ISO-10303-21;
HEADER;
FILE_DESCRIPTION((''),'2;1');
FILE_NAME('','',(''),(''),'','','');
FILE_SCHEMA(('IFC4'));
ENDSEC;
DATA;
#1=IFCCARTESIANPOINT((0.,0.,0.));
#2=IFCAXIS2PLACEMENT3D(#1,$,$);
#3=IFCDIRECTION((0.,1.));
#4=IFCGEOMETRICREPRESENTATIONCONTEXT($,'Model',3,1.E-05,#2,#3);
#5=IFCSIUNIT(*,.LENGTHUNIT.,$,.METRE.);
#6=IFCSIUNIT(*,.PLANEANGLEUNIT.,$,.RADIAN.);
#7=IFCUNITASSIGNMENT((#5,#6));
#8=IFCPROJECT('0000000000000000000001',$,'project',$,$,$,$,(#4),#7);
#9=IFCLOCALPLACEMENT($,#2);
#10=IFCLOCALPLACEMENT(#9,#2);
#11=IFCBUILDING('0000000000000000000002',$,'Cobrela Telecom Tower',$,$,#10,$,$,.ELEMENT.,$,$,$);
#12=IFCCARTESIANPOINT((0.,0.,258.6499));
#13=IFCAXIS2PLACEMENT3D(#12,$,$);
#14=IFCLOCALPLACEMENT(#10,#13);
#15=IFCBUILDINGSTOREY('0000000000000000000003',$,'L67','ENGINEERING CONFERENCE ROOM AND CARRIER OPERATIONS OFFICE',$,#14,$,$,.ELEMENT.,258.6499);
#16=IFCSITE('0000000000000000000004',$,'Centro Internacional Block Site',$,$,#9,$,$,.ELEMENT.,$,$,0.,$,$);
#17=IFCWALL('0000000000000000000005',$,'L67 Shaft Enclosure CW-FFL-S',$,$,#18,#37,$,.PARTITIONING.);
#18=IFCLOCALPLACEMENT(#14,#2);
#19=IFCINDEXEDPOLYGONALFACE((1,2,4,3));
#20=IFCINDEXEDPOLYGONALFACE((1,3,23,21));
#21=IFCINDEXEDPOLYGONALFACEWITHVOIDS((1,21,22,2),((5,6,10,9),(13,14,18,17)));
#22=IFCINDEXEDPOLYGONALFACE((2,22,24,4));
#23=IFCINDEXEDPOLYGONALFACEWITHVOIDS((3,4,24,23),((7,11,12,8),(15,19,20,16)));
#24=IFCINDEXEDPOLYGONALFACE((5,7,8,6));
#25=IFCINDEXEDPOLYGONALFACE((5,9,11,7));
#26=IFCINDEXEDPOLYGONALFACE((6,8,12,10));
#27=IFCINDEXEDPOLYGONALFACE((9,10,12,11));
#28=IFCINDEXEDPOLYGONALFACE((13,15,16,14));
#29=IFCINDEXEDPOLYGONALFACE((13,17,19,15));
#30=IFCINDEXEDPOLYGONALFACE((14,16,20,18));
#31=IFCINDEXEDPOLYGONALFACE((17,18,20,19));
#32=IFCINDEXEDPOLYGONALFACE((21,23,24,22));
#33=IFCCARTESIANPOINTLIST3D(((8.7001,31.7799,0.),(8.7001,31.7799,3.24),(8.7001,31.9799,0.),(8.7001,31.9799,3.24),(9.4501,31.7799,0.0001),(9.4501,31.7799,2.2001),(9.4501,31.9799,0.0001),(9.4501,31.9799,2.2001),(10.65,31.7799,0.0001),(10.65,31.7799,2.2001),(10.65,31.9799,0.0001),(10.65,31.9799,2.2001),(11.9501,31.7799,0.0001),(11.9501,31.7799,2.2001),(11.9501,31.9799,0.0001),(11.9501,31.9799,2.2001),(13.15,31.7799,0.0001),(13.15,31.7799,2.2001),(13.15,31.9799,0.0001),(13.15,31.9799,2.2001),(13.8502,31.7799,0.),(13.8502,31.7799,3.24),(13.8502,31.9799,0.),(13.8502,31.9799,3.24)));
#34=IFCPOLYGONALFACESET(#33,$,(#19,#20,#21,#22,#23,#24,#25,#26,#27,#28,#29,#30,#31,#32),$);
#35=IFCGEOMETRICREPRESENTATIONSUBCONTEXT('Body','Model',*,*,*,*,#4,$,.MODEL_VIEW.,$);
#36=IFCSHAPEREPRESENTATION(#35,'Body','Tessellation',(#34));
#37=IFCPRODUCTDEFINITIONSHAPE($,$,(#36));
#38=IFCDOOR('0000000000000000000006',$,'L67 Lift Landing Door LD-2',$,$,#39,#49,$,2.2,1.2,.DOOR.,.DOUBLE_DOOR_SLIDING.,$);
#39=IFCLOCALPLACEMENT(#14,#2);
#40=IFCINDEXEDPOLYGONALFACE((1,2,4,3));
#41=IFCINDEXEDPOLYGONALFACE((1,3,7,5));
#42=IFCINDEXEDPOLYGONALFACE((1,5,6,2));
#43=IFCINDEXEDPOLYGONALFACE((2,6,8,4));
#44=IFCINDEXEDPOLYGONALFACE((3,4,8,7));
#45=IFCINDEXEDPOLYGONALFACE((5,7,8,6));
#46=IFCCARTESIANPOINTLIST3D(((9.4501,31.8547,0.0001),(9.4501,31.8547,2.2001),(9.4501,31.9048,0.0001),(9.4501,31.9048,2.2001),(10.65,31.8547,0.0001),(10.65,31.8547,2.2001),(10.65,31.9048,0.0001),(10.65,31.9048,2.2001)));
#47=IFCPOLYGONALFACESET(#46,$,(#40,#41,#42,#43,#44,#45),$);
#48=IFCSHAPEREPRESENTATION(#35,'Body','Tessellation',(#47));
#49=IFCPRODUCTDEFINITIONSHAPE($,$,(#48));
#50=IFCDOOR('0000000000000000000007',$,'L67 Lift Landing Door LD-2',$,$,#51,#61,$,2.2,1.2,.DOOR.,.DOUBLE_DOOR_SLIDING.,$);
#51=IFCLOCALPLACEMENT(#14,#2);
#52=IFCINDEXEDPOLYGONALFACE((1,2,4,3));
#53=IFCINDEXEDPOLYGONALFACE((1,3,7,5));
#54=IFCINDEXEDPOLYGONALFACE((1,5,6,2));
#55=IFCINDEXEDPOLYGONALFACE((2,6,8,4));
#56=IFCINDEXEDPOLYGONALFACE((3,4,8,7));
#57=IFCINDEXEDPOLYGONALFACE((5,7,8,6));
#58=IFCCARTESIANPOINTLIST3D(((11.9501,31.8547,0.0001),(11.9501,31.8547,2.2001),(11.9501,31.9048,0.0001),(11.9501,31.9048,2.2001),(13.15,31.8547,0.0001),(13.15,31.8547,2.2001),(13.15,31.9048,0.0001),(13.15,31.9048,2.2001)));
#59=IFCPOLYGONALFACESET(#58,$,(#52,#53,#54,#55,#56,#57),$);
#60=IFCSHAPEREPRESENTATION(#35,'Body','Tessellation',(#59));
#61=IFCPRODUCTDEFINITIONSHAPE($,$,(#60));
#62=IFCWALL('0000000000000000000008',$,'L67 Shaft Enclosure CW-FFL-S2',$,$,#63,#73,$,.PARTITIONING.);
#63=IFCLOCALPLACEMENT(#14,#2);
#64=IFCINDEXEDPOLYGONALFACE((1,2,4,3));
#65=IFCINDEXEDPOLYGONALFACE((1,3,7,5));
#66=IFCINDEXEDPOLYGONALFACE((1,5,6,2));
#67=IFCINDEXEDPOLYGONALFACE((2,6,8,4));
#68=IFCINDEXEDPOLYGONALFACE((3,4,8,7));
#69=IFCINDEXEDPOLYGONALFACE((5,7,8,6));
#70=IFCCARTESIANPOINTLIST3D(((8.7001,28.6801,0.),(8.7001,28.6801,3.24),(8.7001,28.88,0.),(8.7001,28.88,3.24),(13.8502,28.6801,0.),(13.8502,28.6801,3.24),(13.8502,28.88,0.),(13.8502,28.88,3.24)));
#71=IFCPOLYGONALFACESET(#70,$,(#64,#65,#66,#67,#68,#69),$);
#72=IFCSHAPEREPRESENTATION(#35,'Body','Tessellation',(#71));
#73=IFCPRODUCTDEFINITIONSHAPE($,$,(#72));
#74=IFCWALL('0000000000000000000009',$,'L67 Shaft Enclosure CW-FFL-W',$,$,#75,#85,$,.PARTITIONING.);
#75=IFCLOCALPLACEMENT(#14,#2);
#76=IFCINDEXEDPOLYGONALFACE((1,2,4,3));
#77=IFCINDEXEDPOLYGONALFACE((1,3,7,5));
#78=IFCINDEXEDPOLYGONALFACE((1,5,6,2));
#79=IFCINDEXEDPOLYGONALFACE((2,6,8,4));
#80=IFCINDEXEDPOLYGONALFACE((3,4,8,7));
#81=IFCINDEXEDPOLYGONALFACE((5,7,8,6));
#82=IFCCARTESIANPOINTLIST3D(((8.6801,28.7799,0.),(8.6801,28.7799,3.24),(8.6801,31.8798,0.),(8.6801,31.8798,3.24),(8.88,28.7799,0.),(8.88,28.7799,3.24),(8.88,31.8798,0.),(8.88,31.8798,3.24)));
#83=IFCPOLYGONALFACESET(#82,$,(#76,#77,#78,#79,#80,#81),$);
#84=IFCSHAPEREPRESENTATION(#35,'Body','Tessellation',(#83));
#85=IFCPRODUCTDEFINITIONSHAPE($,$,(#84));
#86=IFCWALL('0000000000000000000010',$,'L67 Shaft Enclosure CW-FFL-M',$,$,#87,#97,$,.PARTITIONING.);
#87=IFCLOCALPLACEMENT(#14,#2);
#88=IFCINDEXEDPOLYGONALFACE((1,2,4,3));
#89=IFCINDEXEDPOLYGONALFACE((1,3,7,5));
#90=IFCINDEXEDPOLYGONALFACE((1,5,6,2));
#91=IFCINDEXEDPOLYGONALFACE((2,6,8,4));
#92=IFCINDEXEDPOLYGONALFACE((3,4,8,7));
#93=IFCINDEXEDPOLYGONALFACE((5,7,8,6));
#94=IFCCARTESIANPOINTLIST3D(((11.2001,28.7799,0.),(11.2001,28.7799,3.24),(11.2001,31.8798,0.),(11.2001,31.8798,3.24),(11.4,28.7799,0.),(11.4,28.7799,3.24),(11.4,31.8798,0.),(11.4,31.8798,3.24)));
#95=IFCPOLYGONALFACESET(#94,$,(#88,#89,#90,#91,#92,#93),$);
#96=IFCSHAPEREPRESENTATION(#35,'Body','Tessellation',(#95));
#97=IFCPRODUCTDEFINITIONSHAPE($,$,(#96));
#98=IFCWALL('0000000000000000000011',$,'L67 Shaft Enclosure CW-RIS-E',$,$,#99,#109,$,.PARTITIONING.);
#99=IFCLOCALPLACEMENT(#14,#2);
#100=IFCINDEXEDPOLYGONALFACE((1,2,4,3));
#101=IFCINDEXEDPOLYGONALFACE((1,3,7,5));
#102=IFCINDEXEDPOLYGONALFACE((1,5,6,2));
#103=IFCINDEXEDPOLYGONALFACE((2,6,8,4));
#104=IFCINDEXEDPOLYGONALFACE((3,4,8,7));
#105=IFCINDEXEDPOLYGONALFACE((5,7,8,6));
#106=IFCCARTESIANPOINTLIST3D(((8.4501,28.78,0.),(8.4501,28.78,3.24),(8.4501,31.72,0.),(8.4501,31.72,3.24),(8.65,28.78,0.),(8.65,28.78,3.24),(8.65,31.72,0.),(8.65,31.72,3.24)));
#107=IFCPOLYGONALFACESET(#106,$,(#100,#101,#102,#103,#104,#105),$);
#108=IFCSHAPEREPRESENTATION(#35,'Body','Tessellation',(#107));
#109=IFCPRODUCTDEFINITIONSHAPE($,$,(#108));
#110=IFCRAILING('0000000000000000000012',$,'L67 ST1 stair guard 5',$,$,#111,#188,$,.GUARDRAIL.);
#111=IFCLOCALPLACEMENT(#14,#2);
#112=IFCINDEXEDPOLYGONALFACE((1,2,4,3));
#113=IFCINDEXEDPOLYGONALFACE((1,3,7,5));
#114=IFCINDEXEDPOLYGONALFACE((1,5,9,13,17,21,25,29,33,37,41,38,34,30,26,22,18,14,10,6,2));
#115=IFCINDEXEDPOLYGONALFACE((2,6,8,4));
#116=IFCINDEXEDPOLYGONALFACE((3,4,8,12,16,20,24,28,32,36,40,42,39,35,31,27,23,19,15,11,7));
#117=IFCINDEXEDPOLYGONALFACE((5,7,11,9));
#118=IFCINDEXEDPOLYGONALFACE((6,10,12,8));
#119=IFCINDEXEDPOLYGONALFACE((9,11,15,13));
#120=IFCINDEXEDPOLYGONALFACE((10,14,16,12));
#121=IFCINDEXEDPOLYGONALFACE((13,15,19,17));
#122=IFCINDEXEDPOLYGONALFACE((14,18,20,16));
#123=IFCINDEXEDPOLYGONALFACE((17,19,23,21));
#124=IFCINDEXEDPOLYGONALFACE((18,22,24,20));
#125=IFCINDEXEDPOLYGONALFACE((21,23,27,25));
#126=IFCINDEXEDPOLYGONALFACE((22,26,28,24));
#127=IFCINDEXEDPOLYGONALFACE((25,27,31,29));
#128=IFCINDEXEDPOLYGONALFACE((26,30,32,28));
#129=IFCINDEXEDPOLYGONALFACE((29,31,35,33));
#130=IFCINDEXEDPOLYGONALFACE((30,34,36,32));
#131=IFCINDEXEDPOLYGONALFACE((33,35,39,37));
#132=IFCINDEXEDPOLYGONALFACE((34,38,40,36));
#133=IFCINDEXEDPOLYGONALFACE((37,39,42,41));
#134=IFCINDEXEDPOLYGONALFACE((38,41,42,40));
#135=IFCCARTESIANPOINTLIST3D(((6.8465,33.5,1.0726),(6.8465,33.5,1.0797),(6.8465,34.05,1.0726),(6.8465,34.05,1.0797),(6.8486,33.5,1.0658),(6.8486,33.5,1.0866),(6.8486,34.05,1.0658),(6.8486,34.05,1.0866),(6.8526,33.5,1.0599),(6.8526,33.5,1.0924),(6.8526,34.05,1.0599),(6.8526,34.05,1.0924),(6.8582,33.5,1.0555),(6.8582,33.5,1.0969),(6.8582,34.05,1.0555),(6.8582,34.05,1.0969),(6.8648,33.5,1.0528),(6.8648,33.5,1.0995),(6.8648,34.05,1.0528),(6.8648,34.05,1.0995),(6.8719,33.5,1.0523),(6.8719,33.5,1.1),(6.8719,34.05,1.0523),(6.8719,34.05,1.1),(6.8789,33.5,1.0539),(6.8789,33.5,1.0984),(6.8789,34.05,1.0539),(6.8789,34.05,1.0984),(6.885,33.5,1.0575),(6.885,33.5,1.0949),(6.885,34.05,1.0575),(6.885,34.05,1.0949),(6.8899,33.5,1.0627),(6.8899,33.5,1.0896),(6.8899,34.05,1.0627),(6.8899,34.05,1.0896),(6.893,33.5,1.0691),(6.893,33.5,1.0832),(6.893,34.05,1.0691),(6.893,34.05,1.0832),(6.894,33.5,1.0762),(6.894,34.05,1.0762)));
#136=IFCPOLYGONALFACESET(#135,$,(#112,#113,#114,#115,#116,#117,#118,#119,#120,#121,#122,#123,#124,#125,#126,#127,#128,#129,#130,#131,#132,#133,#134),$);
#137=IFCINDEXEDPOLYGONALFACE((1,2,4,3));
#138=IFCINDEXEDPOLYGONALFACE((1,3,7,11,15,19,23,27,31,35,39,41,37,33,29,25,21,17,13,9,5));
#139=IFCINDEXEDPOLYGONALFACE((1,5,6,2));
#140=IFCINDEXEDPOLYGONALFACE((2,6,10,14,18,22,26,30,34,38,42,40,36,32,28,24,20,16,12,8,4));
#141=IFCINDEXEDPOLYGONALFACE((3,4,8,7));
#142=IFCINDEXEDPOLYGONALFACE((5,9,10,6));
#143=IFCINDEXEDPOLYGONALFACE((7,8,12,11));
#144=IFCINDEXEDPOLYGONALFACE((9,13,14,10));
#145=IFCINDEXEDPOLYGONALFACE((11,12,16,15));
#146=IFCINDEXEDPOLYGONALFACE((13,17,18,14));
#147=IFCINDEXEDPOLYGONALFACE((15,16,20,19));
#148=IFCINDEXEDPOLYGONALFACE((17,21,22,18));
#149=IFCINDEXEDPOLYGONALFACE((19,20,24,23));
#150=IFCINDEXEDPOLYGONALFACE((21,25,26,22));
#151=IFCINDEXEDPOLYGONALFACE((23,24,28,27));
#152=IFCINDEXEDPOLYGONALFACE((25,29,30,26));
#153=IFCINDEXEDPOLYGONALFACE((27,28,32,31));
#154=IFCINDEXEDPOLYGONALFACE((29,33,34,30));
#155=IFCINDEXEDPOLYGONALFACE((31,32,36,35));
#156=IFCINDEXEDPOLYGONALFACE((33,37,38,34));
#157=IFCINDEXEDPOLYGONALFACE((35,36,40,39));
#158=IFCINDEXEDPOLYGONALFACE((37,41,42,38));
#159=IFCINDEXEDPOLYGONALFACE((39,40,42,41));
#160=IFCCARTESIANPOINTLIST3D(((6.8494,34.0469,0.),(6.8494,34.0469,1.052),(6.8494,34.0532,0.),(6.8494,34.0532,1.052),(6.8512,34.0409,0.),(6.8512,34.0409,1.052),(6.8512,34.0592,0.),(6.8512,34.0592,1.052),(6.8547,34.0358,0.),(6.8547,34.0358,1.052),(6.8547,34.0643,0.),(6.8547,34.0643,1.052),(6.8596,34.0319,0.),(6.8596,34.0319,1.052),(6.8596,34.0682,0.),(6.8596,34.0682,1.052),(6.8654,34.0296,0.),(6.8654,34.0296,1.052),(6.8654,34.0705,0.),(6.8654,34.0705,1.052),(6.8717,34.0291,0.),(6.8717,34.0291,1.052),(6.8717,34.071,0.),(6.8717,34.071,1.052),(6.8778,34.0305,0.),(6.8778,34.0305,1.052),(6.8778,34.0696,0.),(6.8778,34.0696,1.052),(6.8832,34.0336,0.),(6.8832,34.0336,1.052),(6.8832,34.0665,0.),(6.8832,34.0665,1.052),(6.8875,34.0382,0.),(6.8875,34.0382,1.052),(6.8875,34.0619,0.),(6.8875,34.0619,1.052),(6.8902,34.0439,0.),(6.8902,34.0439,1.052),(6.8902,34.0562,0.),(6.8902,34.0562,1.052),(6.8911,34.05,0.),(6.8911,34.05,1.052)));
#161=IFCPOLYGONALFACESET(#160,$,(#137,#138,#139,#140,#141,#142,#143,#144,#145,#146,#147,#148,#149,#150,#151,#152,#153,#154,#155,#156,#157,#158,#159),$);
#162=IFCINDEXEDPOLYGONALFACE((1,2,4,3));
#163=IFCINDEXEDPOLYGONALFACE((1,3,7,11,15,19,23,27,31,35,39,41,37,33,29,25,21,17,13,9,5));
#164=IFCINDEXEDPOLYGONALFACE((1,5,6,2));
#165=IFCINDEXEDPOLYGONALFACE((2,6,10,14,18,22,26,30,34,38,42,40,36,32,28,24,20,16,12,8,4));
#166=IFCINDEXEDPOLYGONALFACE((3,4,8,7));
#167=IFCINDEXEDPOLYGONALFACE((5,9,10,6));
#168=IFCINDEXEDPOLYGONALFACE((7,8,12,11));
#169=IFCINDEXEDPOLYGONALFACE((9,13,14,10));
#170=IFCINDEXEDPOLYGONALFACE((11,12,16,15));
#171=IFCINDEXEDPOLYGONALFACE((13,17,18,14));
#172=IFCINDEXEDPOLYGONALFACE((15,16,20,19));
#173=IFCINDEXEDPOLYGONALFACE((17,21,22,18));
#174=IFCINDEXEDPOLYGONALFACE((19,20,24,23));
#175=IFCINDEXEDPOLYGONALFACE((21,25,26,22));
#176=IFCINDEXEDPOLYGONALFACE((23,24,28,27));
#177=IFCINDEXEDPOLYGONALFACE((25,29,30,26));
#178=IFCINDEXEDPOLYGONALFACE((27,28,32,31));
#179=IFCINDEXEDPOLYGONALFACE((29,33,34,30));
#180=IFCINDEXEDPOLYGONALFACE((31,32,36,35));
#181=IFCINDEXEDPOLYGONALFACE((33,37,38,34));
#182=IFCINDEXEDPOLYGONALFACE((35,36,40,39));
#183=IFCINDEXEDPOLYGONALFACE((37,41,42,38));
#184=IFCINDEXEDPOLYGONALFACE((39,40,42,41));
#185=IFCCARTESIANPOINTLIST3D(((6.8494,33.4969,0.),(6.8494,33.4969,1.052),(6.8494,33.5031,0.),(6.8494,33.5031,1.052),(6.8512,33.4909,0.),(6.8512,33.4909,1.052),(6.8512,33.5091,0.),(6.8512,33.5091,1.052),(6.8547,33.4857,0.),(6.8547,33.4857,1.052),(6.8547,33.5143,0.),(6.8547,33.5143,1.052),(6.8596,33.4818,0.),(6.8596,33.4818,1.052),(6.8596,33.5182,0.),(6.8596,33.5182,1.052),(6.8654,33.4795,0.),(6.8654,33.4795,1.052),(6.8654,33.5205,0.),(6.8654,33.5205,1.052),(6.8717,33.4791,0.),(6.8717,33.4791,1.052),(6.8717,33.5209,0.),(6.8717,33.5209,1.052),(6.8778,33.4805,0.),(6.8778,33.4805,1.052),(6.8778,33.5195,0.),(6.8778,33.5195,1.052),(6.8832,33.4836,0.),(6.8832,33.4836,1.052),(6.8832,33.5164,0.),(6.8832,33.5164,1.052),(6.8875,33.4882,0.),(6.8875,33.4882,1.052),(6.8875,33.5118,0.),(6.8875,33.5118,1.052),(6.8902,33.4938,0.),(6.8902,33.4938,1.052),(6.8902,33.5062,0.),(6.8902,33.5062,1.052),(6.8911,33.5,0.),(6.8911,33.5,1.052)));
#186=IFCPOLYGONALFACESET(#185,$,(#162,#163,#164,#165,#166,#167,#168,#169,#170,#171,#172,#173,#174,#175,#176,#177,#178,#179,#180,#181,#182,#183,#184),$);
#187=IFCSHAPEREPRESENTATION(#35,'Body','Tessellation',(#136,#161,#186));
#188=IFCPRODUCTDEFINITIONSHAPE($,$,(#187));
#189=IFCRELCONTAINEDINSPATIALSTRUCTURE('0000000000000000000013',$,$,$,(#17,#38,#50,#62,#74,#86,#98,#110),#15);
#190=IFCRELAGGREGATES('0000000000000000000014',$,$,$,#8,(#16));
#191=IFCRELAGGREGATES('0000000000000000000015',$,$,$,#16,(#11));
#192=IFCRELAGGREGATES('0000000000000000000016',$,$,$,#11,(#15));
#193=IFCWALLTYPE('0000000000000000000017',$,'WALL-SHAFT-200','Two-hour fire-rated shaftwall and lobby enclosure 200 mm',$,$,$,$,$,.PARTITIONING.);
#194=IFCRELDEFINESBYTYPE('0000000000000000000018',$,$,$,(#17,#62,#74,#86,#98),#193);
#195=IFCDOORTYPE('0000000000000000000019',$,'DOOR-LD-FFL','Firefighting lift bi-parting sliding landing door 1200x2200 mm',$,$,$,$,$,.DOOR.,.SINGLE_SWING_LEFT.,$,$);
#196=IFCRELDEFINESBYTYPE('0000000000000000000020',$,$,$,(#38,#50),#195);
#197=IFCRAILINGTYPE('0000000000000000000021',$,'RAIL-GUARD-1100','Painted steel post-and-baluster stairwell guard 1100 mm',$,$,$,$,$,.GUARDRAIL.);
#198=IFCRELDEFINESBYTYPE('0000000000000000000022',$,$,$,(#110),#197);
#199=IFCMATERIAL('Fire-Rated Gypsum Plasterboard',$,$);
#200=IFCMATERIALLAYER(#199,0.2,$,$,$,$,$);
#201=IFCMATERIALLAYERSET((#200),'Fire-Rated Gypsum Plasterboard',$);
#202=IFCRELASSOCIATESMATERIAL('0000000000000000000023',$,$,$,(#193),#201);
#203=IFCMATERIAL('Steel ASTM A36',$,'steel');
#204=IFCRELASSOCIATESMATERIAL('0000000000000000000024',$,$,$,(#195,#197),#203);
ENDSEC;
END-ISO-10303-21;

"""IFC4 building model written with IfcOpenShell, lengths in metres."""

from ifc_helpers import new_model, si_unit, direction, frame, frame_2d, origin, origin_2d, place, context, subcontext, project, spatial, rectangle, circle, extrude, material, layer, layer_set, type_object, element, fill, save


model = new_model("IFC4")

# Units and contexts
model_context = context("Model", 3, precision=1e-05, world=origin(), true_north=direction((0.0, 1.0)))
body_context = subcontext(model_context, "Body", "Model", "MODEL_VIEW")
ifc_project = project(units=[si_unit("LENGTHUNIT", "METRE"), si_unit("PLANEANGLEUNIT", "RADIAN")], contexts=[model_context])

# Site, building, storey
site_placement = place(None, origin())
site = spatial("IfcSite", under=ifc_project, at=site_placement, Name="Centro Internacional Block Site", CompositionType="ELEMENT", RefElevation=0.0)
building_placement = place(site_placement, origin())
building = spatial("IfcBuilding", under=site, at=building_placement, Name="Cobrela Telecom Tower", CompositionType="ELEMENT")
storey_placement = place(building_placement, frame((0.0, 0.0, 258.6499)))
storey = spatial("IfcBuildingStorey", under=building, at=storey_placement, Name="L67", Description="ENGINEERING CONFERENCE ROOM AND CARRIER OPERATIONS OFFICE", CompositionType="ELEMENT", Elevation=258.6499)

# Wall, openings, doors
ifc_material_1 = material(Name="Steel ASTM A36", Category="steel")
ifc_material_2 = material(Name="Fire-Rated Gypsum Plasterboard")
ifc_layer_1 = layer(ifc_material_2, 0.2)
ifc_layer_set_1 = layer_set([ifc_layer_1], Name="Fire-Rated Gypsum Plasterboard")
wall_type_1 = type_object("IfcWallType", Name="WALL-SHAFT-200", Description="Two-hour fire-rated shaftwall and lobby enclosure 200 mm", PredefinedType="PARTITIONING", material=ifc_layer_set_1)
wall_1_placement = place(storey_placement, frame((8.7, 31.8799, 0.0), z_axis=(0.0, 0.0, 1.0), x_axis=(1.0, 0.0, 0.0)))
wall_1 = element("IfcWall", 1, at=wall_1_placement, inside=storey, type_object=wall_type_1, Name="L67 Shaft Enclosure CW-FFL-S", PredefinedType="PARTITIONING", context=body_context, shape_type="SweptSolid", body=[
    extrude(rectangle(XDim=5.1501, YDim=0.2, at=frame_2d((2.5752, 0.0))), origin(), (0.0, 0.0, 1.0), 3.24),
])
opening_1_placement = place(wall_1_placement, frame((0.75, 0.0, 0.0)))
opening_1 = element("IfcOpeningElement", 2, at=opening_1_placement, cuts=wall_1, PredefinedType="OPENING", context=body_context, shape_type="SweptSolid", body=[
    extrude(rectangle(XDim=1.2, YDim=2.2, at=frame_2d((0.6001, 1.1001))), frame((0.0, 0.1118, 0.0), z_axis=(0.0, -1.0, 0.0), x_axis=(1.0, 0.0, 0.0)), (0.0, 0.0, 1.0), 0.2239),
])
opening_2_placement = place(wall_1_placement, frame((3.25, 0.0, 0.0)))
opening_2 = element("IfcOpeningElement", 3, at=opening_2_placement, cuts=wall_1, PredefinedType="OPENING", context=body_context, shape_type="SweptSolid", body=[
    extrude(rectangle(XDim=1.2, YDim=2.2, at=frame_2d((0.6001, 1.1001))), frame((0.0, 0.1118, 0.0), z_axis=(0.0, -1.0, 0.0), x_axis=(1.0, 0.0, 0.0)), (0.0, 0.0, 1.0), 0.2239),
])
door_type_1 = type_object("IfcDoorType", Name="DOOR-LD-FFL", Description="Firefighting lift bi-parting sliding landing door 1200x2200 mm", OperationType="SINGLE_SWING_LEFT", PredefinedType="DOOR", material=ifc_material_1)
door_1_placement = place(opening_1_placement, origin())
door_1 = element("IfcDoor", 4, at=door_1_placement, inside=storey, type_object=door_type_1, Name="L67 Lift Landing Door LD-2", OperationType="DOUBLE_DOOR_SLIDING", OverallHeight=2.2, OverallWidth=1.2, PredefinedType="DOOR", context=body_context, shape_type="SweptSolid", body=[
    extrude(rectangle(XDim=1.2, YDim=2.2, at=frame_2d((0.6001, 1.1001))), frame((0.0, 0.0249, 0.0), z_axis=(0.0, -1.0, 0.0), x_axis=(1.0, 0.0, 0.0)), (0.0, 0.0, 1.0), 0.05),
])
fill(opening_1, door_1)
door_2_placement = place(opening_2_placement, origin())
door_2 = element("IfcDoor", 5, at=door_2_placement, inside=storey, type_object=door_type_1, Name="L67 Lift Landing Door LD-2", OperationType="DOUBLE_DOOR_SLIDING", OverallHeight=2.2, OverallWidth=1.2, PredefinedType="DOOR", context=body_context, shape_type="SweptSolid", body=[
    extrude(rectangle(XDim=1.2, YDim=2.2, at=frame_2d((0.6001, 1.1001))), frame((0.0, 0.0249, 0.0), z_axis=(0.0, -1.0, 0.0), x_axis=(1.0, 0.0, 0.0)), (0.0, 0.0, 1.0), 0.05),
])
fill(opening_2, door_2)

# Walls
wall_2_placement = place(storey_placement, frame((8.7, 28.78, 0.0), z_axis=(0.0, 0.0, 1.0), x_axis=(1.0, 0.0, 0.0)))
element("IfcWall", 6, at=wall_2_placement, inside=storey, type_object=wall_type_1, Name="L67 Shaft Enclosure CW-FFL-S2", PredefinedType="PARTITIONING", context=body_context, shape_type="SweptSolid", body=[
    extrude(rectangle(XDim=5.1501, YDim=0.2, at=frame_2d((2.5752, 0.0))), origin(), (0.0, 0.0, 1.0), 3.24),
])
for number, where, z_axis, x_axis, name in (
    (7, (8.78, 28.78, 0.0), (0.0, 0.0, 1.0), (0.0, 1.0, 0.0), "L67 Shaft Enclosure CW-FFL-W"),
    (8, (11.3, 28.78, 0.0), (0.0, 0.0, 1.0), (0.0, 1.0, 0.0), "L67 Shaft Enclosure CW-FFL-M"),
):
    element("IfcWall", number, at=place(storey_placement, frame(where, z_axis=z_axis, x_axis=x_axis)), inside=storey, type_object=wall_type_1, Name=name, PredefinedType="PARTITIONING", context=body_context, shape_type="SweptSolid", body=[
        extrude(rectangle(XDim=3.0999, YDim=0.2, at=frame_2d((1.5498, 0.0))), origin(), (0.0, 0.0, 1.0), 3.24),
    ])
wall_3_placement = place(storey_placement, frame((8.55, 28.78, 0.0), z_axis=(0.0, 0.0, 1.0), x_axis=(0.0, 1.0, 0.0)))
element("IfcWall", 9, at=wall_3_placement, inside=storey, type_object=wall_type_1, Name="L67 Shaft Enclosure CW-RIS-E", PredefinedType="PARTITIONING", context=body_context, shape_type="SweptSolid", body=[
    extrude(rectangle(XDim=2.9399, YDim=0.2, at=frame_2d((1.47, 0.0))), origin(), (0.0, 0.0, 1.0), 3.24),
])

# Railing
railing_type = type_object("IfcRailingType", Name="RAIL-GUARD-1100", Description="Painted steel post-and-baluster stairwell guard 1100 mm", PredefinedType="GUARDRAIL", material=ifc_material_1)
railing_placement = place(storey_placement, frame((6.8701, 34.05, 0.0)))
element("IfcRailing", 10, at=railing_placement, inside=storey, type_object=railing_type, Name="L67 ST1 stair guard 5", PredefinedType="GUARDRAIL", context=body_context, shape_type="SweptSolid", body=[
    extrude(circle(Radius=0.0239, at=origin_2d()), frame((0.0, 0.0, 1.0762), z_axis=(0.0, -1.0, 0.0), x_axis=(1.0, 0.0, 0.0)), (0.0, 0.0, 1.0), 0.55),
    extrude(circle(Radius=0.021, at=origin_2d()), origin(), (0.0, 0.0, 1.0), 1.052),
    extrude(circle(Radius=0.021, at=origin_2d()), frame((0.0, -0.55, 0.0)), (0.0, 0.0, 1.0), 1.052),
])

save(model, "model.ifc")
